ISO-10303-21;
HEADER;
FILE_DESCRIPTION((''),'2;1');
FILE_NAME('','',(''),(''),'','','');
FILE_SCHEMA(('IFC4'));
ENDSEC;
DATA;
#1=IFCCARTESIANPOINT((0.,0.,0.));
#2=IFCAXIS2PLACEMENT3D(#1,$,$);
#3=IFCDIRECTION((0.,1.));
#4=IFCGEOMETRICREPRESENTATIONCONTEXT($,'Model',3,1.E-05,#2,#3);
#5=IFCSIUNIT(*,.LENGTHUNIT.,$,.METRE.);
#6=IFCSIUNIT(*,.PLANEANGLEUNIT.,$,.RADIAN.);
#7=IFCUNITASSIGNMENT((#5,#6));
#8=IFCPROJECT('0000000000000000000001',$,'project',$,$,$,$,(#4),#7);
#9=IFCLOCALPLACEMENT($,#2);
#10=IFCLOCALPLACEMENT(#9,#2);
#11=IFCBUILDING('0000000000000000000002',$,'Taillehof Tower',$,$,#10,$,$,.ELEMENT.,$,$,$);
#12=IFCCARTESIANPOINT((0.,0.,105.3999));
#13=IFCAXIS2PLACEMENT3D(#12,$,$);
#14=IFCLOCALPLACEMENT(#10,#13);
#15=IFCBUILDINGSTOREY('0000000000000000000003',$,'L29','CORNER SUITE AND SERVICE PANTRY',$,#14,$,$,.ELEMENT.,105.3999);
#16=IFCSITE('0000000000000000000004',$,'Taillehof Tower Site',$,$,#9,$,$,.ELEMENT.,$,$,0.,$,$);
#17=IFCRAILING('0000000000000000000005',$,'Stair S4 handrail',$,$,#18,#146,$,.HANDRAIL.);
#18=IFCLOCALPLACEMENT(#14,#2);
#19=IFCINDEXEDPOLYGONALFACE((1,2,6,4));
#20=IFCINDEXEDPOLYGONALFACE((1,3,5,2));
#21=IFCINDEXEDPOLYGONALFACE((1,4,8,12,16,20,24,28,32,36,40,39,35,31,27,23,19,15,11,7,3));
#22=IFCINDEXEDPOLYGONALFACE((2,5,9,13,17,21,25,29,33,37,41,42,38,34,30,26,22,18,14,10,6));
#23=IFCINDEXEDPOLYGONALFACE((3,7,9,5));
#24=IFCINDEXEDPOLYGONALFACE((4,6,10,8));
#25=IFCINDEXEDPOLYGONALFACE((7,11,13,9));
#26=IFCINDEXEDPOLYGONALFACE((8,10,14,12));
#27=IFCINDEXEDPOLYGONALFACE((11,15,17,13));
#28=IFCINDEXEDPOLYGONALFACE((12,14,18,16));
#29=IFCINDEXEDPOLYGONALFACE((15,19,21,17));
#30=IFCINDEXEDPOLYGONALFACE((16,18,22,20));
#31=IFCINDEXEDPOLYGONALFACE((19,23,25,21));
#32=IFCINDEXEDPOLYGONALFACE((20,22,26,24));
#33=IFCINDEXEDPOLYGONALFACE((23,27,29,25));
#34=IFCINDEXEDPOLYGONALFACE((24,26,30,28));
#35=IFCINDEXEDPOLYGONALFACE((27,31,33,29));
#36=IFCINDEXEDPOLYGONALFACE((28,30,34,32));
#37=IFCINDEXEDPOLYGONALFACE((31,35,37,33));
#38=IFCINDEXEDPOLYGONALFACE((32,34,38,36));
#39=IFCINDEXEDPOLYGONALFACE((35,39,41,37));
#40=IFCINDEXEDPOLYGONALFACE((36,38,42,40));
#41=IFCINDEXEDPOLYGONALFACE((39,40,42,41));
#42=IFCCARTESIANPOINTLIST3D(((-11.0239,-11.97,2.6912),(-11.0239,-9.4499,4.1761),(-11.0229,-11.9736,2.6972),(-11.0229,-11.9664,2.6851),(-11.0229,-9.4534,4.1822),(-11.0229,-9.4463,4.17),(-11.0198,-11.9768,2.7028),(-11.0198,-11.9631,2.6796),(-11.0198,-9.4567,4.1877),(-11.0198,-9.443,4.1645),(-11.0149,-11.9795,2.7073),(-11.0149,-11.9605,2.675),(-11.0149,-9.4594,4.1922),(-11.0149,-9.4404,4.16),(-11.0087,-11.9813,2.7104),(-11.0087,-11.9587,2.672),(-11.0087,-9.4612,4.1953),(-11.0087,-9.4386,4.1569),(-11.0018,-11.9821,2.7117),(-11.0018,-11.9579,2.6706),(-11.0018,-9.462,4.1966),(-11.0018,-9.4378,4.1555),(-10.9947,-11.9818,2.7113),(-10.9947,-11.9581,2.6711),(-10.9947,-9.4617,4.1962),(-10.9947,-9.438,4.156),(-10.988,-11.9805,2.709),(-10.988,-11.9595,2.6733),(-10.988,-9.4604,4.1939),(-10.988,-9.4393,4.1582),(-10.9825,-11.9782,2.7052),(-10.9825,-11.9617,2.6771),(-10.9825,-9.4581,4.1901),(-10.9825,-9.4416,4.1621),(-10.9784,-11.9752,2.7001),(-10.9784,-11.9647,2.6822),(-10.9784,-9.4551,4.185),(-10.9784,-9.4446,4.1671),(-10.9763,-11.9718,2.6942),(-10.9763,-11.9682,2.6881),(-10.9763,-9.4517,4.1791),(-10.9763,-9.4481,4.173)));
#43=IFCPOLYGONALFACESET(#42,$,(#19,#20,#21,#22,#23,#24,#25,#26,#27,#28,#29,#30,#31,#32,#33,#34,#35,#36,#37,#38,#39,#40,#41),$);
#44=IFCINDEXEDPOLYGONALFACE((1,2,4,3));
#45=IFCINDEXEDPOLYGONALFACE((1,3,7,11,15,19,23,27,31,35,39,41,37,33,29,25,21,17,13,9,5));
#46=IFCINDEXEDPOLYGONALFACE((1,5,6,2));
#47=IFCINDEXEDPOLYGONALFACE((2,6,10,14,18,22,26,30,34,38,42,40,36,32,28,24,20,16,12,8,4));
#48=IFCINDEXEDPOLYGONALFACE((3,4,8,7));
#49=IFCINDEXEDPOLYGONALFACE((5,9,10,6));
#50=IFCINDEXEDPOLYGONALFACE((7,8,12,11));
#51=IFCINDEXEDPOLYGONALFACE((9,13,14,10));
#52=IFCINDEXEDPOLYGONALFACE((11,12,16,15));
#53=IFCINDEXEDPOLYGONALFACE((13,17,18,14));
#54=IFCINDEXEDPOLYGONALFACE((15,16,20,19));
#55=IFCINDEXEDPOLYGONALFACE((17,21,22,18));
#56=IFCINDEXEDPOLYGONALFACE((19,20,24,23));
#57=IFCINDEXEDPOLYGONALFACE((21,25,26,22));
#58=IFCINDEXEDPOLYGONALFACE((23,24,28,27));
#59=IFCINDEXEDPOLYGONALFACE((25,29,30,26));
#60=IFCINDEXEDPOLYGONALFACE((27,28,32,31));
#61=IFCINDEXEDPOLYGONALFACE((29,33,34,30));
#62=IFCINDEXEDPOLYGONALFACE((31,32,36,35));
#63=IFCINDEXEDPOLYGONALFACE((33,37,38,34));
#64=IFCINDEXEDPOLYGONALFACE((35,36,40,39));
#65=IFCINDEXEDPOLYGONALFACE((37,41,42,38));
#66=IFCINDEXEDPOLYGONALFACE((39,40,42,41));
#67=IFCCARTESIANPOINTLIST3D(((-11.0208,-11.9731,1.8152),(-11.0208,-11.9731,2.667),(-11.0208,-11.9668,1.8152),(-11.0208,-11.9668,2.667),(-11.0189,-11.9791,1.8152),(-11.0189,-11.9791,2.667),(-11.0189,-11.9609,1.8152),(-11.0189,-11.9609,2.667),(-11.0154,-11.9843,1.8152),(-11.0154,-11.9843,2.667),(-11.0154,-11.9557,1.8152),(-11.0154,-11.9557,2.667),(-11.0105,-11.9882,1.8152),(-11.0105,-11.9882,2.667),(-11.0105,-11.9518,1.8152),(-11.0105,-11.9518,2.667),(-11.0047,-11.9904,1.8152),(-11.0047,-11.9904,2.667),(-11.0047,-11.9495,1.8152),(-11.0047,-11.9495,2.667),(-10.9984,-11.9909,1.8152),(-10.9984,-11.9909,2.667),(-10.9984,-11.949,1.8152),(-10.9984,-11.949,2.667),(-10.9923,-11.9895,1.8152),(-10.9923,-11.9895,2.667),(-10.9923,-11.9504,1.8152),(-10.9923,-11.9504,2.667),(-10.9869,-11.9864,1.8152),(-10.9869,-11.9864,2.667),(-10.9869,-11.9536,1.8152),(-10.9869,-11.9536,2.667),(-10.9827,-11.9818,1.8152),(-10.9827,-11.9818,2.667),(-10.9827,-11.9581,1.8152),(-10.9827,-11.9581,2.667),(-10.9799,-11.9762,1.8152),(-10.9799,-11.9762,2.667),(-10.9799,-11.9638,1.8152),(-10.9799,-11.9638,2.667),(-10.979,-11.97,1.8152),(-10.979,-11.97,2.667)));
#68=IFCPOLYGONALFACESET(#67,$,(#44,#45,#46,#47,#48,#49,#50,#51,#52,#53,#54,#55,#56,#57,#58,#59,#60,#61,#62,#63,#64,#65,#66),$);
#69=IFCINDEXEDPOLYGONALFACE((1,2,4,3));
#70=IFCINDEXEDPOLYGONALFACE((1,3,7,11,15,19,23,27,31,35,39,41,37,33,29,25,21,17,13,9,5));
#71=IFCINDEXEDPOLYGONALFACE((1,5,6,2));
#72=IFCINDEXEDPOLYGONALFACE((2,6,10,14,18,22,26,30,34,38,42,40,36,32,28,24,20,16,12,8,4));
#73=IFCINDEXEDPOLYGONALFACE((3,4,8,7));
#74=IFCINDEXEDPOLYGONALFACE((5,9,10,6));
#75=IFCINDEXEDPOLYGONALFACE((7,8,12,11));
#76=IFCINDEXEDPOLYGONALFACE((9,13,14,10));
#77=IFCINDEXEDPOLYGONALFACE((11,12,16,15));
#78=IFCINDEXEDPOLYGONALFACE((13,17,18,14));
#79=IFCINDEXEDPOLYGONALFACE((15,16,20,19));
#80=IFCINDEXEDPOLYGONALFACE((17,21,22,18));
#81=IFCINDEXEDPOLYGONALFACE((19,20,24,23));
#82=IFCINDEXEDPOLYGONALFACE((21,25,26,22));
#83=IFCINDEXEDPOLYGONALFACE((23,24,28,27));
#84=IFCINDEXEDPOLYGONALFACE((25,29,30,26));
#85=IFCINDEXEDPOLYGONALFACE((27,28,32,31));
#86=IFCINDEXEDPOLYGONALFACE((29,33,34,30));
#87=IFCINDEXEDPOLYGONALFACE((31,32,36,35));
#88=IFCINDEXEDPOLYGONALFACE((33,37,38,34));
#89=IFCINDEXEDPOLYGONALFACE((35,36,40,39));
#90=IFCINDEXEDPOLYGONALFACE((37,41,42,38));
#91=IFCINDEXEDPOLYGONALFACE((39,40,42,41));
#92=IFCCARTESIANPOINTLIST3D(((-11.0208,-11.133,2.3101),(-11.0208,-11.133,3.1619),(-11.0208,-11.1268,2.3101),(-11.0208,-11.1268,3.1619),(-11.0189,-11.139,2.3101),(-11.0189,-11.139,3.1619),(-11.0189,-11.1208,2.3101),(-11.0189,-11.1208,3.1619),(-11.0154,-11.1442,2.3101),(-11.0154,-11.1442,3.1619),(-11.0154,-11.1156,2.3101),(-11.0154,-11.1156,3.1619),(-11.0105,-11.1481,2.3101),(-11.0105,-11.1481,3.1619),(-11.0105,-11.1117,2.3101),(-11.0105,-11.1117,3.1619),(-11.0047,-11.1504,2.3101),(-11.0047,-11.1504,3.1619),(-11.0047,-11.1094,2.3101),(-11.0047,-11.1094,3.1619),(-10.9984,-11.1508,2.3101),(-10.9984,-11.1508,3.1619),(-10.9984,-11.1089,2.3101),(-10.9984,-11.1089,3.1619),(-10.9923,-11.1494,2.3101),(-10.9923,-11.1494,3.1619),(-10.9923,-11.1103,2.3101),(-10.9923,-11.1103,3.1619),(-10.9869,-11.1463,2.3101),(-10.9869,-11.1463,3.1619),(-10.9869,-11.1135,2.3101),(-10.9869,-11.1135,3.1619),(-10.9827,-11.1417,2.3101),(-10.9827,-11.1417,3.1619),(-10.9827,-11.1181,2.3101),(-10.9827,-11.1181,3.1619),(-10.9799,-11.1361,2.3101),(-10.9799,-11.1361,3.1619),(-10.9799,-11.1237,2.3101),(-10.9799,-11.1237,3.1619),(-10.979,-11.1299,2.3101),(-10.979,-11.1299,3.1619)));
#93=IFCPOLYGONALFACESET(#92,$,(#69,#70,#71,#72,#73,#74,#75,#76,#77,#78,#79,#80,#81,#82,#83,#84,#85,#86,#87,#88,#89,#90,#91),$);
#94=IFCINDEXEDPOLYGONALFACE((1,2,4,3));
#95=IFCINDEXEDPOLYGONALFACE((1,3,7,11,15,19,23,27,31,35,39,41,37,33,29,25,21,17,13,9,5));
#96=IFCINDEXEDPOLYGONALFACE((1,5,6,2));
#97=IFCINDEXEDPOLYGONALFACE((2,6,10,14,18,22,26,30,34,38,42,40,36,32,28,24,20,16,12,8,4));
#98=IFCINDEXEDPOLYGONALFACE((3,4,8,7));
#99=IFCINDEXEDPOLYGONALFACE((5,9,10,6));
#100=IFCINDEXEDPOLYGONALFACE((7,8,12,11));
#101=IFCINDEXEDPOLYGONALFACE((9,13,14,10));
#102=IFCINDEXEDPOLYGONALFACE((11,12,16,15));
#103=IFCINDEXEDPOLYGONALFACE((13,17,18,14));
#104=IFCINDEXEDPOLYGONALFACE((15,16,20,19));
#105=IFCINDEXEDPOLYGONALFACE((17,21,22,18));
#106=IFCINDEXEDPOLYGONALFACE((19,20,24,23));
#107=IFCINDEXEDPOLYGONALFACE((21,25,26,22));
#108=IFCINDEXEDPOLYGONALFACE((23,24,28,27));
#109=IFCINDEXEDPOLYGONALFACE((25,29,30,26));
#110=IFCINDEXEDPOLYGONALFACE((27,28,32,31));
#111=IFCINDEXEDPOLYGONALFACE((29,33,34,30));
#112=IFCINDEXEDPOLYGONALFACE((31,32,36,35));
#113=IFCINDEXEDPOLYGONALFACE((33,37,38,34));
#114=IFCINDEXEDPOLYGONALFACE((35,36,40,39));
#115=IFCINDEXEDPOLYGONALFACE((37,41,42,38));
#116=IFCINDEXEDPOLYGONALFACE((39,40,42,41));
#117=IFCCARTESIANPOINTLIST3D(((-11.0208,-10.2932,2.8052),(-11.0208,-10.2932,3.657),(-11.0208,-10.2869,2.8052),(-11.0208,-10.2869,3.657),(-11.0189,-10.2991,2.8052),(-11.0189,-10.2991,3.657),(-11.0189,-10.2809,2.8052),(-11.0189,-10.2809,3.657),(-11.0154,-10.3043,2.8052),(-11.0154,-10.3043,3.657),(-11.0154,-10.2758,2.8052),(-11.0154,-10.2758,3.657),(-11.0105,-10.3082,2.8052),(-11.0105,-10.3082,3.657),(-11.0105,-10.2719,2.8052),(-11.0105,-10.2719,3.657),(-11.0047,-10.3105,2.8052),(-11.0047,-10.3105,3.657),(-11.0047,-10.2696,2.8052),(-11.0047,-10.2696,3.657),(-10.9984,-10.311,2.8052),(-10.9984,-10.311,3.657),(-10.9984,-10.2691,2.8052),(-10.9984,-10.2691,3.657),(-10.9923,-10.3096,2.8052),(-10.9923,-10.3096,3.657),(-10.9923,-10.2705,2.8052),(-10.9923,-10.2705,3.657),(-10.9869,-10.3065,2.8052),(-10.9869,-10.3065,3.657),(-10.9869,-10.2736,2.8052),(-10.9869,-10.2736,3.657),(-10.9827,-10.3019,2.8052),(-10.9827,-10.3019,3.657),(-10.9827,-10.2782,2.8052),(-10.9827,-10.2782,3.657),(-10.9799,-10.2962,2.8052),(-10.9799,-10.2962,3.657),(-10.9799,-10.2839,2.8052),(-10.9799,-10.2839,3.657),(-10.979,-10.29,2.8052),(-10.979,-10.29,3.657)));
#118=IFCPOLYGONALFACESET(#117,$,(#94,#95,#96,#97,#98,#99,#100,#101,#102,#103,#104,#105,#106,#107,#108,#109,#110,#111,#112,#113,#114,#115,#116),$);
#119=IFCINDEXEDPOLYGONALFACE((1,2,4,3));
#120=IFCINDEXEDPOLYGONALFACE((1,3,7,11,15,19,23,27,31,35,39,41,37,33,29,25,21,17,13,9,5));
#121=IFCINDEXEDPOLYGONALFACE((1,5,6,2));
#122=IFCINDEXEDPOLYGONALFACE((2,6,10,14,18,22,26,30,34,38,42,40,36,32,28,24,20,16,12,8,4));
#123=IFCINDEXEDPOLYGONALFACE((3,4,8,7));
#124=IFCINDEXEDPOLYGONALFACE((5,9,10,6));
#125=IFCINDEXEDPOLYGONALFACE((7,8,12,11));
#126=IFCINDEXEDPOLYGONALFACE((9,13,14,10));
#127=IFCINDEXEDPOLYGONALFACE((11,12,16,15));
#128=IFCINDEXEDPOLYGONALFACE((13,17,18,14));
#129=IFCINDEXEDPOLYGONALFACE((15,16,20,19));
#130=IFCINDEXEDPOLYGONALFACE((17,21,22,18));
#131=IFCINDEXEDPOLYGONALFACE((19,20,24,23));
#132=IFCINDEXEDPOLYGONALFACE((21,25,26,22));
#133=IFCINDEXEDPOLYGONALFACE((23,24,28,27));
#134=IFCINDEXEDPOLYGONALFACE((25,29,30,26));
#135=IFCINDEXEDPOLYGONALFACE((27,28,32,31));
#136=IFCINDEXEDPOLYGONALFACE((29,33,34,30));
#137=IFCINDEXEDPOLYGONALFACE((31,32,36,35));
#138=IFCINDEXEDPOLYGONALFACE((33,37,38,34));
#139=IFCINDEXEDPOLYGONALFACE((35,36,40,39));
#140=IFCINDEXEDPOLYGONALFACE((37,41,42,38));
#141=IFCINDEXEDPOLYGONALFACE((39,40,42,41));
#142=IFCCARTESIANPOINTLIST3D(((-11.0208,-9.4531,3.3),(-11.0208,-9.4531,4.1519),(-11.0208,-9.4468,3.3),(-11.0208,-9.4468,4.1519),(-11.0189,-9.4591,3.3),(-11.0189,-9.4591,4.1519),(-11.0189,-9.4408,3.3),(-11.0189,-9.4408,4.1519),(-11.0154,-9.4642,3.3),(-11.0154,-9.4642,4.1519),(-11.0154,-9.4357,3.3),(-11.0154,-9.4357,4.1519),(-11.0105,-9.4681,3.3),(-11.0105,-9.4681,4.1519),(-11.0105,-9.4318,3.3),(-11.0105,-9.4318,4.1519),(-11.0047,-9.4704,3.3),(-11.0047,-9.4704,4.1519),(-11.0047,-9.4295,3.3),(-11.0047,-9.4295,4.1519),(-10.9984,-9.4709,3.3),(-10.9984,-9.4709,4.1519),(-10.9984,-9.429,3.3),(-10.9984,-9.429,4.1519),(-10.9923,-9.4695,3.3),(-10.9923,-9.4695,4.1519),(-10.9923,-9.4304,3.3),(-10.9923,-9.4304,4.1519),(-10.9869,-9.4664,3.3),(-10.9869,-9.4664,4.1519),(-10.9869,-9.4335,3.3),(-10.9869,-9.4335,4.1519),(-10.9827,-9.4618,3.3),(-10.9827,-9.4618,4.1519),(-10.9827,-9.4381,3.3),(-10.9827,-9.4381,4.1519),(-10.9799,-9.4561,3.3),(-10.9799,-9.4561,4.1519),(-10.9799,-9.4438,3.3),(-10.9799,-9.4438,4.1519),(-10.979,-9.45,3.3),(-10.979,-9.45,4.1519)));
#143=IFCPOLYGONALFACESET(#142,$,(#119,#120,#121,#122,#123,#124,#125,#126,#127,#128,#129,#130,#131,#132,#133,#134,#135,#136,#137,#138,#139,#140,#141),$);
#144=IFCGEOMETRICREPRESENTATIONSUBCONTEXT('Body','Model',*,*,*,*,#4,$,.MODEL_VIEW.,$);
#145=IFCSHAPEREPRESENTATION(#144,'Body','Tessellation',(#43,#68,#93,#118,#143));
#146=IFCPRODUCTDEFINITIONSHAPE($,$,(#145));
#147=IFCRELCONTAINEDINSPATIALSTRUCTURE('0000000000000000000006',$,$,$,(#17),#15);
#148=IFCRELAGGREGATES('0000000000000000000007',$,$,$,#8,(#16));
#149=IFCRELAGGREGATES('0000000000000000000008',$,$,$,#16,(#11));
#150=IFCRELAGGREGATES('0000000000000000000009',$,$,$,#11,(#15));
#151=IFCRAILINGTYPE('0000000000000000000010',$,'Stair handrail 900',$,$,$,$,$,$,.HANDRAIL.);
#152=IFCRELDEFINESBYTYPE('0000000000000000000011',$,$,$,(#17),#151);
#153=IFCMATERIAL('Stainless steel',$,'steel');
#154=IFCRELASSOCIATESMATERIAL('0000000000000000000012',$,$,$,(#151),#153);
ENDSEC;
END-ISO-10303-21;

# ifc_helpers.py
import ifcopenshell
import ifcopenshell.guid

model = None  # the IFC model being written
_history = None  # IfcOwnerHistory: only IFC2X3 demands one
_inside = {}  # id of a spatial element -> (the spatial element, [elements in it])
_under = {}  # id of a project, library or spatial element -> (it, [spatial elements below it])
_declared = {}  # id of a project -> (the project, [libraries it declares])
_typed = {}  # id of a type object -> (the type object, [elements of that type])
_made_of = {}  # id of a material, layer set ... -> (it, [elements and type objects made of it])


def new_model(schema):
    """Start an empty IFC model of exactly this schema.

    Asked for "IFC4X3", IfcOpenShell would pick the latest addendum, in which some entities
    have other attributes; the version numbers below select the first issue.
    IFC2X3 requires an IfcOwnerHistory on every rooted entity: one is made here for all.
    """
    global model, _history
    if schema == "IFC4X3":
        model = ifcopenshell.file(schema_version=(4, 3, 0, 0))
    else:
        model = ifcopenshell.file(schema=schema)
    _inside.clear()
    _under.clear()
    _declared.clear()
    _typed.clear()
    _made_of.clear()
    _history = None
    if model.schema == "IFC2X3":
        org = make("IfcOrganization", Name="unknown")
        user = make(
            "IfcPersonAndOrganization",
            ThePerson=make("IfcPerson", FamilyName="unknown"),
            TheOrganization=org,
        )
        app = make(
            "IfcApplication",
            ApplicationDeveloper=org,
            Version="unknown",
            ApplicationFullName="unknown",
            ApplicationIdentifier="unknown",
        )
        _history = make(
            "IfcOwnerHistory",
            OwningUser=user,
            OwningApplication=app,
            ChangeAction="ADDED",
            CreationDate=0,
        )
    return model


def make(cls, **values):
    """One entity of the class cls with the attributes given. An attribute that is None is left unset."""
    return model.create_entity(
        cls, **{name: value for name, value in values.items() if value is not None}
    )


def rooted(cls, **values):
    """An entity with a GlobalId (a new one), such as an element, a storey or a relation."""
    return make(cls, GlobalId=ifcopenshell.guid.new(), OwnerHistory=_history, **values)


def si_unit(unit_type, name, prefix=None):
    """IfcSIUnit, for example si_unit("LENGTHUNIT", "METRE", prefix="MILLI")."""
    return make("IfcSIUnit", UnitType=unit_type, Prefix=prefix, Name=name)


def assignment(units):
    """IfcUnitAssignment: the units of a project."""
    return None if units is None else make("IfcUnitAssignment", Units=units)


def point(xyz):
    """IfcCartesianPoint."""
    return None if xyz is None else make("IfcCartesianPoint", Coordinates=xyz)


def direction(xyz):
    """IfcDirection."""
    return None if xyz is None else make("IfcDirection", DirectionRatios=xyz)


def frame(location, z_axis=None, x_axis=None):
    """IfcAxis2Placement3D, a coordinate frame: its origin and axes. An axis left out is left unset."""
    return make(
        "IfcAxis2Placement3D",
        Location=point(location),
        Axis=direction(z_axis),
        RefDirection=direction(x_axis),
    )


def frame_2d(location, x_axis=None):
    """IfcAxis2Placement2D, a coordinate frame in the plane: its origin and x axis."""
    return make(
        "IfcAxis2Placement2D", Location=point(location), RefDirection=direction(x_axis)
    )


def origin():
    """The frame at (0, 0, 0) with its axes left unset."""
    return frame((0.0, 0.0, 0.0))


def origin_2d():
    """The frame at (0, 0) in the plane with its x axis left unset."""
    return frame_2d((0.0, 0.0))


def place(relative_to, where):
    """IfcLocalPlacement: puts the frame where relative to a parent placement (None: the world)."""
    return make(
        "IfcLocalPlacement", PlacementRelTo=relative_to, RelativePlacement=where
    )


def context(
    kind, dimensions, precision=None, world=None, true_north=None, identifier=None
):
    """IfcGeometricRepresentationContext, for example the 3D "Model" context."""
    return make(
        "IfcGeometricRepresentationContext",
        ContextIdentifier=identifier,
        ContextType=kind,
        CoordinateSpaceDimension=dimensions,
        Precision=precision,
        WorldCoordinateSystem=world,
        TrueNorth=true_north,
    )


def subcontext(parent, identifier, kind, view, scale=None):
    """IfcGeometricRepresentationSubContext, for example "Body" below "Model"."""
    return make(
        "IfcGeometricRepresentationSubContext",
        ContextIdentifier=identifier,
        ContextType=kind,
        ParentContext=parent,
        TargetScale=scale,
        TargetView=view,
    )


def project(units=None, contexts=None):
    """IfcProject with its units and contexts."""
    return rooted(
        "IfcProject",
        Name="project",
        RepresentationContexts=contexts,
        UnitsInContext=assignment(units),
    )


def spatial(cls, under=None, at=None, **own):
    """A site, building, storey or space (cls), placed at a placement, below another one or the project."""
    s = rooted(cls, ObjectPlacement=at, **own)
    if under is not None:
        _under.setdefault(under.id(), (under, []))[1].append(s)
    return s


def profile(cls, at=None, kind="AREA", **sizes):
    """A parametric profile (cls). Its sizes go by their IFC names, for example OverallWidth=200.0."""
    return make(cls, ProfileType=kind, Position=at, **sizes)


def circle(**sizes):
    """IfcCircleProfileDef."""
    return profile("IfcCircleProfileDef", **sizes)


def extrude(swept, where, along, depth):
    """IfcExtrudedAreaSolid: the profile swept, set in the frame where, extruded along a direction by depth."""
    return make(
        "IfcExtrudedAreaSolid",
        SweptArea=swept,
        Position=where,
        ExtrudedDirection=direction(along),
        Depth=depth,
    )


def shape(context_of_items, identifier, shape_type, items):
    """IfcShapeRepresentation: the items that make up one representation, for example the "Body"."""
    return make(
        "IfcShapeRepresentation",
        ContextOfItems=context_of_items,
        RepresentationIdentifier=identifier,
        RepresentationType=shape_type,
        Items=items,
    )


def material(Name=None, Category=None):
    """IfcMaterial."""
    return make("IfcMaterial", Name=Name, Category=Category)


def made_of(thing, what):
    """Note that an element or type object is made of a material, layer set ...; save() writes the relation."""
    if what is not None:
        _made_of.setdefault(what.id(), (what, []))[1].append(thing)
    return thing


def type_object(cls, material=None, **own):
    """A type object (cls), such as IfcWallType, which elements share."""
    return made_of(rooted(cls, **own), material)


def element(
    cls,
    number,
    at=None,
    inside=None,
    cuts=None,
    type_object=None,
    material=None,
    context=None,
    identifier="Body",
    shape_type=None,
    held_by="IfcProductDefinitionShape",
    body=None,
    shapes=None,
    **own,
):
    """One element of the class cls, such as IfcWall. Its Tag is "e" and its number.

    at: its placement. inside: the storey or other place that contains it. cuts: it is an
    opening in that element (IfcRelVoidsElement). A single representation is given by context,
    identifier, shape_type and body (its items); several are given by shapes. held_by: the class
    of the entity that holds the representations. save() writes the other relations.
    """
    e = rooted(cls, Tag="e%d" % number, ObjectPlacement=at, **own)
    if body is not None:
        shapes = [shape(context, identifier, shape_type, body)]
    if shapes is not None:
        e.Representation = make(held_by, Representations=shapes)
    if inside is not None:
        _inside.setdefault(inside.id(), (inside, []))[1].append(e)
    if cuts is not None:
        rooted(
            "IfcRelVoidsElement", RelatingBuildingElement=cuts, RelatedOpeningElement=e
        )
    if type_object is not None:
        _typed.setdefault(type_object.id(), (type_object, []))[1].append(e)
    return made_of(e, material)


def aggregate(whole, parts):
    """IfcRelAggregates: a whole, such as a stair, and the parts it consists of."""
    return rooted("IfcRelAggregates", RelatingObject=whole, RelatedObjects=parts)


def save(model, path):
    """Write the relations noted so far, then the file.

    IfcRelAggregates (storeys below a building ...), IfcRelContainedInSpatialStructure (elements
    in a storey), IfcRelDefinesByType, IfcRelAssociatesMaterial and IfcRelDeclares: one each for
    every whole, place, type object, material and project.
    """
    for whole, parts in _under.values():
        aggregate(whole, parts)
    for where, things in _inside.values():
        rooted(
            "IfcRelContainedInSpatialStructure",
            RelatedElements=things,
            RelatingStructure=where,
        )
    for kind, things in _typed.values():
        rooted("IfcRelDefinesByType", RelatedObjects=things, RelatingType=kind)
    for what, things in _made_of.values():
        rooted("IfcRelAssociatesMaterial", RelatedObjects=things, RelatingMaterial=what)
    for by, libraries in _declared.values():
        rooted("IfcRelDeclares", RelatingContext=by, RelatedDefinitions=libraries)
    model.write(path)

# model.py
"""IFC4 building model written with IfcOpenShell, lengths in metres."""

from ifc_helpers import new_model, si_unit, direction, frame, origin, origin_2d, place, context, subcontext, project, spatial, circle, extrude, material, type_object, element, save


model = new_model("IFC4")

# Units and contexts
model_context = context("Model", 3, precision=1e-05, world=origin(), true_north=direction((0.0, 1.0)))
body_context = subcontext(model_context, "Body", "Model", "MODEL_VIEW")
ifc_project = project(units=[si_unit("LENGTHUNIT", "METRE"), si_unit("PLANEANGLEUNIT", "RADIAN")], contexts=[model_context])

# Site, building, storey
site_placement = place(None, origin())
site = spatial("IfcSite", under=ifc_project, at=site_placement, Name="Taillehof Tower Site", CompositionType="ELEMENT", RefElevation=0.0)
building_placement = place(site_placement, origin())
building = spatial("IfcBuilding", under=site, at=building_placement, Name="Taillehof Tower", CompositionType="ELEMENT")
storey_placement = place(building_placement, frame((0.0, 0.0, 105.3999)))
storey = spatial("IfcBuildingStorey", under=building, at=storey_placement, Name="L29", Description="CORNER SUITE AND SERVICE PANTRY", CompositionType="ELEMENT", Elevation=105.3999)

# Railing
ifc_material_1 = material(Name="Stainless steel", Category="steel")
railing_type = type_object("IfcRailingType", Name="Stair handrail 900", PredefinedType="HANDRAIL", material=ifc_material_1)
railing_placement = place(storey_placement, frame((-11.0, -11.97, 1.8152)))
element("IfcRailing", 1, at=railing_placement, inside=storey, type_object=railing_type, Name="Stair S4 handrail", PredefinedType="HANDRAIL", context=body_context, shape_type="SweptSolid", body=[
    extrude(circle(Radius=0.0239, at=origin_2d()), frame((0.0, 0.0, 0.876), z_axis=(0.0, 0.861561, 0.507655), x_axis=(-1.0, 0.0, 0.0)), (0.0, 0.0, 1.0), 2.925),
    extrude(circle(Radius=0.021, at=origin_2d()), origin(), (0.0, 0.0, 1.0), 0.8518),
    extrude(circle(Radius=0.021, at=origin_2d()), frame((0.0, 0.8401, 0.4949)), (0.0, 0.0, 1.0), 0.8518),
    extrude(circle(Radius=0.021, at=origin_2d()), frame((0.0, 1.6799, 0.99)), (0.0, 0.0, 1.0), 0.8518),
    extrude(circle(Radius=0.021, at=origin_2d()), frame((0.0, 2.52, 1.4849)), (0.0, 0.0, 1.0), 0.8518),
])

save(model, "model.ifc")
